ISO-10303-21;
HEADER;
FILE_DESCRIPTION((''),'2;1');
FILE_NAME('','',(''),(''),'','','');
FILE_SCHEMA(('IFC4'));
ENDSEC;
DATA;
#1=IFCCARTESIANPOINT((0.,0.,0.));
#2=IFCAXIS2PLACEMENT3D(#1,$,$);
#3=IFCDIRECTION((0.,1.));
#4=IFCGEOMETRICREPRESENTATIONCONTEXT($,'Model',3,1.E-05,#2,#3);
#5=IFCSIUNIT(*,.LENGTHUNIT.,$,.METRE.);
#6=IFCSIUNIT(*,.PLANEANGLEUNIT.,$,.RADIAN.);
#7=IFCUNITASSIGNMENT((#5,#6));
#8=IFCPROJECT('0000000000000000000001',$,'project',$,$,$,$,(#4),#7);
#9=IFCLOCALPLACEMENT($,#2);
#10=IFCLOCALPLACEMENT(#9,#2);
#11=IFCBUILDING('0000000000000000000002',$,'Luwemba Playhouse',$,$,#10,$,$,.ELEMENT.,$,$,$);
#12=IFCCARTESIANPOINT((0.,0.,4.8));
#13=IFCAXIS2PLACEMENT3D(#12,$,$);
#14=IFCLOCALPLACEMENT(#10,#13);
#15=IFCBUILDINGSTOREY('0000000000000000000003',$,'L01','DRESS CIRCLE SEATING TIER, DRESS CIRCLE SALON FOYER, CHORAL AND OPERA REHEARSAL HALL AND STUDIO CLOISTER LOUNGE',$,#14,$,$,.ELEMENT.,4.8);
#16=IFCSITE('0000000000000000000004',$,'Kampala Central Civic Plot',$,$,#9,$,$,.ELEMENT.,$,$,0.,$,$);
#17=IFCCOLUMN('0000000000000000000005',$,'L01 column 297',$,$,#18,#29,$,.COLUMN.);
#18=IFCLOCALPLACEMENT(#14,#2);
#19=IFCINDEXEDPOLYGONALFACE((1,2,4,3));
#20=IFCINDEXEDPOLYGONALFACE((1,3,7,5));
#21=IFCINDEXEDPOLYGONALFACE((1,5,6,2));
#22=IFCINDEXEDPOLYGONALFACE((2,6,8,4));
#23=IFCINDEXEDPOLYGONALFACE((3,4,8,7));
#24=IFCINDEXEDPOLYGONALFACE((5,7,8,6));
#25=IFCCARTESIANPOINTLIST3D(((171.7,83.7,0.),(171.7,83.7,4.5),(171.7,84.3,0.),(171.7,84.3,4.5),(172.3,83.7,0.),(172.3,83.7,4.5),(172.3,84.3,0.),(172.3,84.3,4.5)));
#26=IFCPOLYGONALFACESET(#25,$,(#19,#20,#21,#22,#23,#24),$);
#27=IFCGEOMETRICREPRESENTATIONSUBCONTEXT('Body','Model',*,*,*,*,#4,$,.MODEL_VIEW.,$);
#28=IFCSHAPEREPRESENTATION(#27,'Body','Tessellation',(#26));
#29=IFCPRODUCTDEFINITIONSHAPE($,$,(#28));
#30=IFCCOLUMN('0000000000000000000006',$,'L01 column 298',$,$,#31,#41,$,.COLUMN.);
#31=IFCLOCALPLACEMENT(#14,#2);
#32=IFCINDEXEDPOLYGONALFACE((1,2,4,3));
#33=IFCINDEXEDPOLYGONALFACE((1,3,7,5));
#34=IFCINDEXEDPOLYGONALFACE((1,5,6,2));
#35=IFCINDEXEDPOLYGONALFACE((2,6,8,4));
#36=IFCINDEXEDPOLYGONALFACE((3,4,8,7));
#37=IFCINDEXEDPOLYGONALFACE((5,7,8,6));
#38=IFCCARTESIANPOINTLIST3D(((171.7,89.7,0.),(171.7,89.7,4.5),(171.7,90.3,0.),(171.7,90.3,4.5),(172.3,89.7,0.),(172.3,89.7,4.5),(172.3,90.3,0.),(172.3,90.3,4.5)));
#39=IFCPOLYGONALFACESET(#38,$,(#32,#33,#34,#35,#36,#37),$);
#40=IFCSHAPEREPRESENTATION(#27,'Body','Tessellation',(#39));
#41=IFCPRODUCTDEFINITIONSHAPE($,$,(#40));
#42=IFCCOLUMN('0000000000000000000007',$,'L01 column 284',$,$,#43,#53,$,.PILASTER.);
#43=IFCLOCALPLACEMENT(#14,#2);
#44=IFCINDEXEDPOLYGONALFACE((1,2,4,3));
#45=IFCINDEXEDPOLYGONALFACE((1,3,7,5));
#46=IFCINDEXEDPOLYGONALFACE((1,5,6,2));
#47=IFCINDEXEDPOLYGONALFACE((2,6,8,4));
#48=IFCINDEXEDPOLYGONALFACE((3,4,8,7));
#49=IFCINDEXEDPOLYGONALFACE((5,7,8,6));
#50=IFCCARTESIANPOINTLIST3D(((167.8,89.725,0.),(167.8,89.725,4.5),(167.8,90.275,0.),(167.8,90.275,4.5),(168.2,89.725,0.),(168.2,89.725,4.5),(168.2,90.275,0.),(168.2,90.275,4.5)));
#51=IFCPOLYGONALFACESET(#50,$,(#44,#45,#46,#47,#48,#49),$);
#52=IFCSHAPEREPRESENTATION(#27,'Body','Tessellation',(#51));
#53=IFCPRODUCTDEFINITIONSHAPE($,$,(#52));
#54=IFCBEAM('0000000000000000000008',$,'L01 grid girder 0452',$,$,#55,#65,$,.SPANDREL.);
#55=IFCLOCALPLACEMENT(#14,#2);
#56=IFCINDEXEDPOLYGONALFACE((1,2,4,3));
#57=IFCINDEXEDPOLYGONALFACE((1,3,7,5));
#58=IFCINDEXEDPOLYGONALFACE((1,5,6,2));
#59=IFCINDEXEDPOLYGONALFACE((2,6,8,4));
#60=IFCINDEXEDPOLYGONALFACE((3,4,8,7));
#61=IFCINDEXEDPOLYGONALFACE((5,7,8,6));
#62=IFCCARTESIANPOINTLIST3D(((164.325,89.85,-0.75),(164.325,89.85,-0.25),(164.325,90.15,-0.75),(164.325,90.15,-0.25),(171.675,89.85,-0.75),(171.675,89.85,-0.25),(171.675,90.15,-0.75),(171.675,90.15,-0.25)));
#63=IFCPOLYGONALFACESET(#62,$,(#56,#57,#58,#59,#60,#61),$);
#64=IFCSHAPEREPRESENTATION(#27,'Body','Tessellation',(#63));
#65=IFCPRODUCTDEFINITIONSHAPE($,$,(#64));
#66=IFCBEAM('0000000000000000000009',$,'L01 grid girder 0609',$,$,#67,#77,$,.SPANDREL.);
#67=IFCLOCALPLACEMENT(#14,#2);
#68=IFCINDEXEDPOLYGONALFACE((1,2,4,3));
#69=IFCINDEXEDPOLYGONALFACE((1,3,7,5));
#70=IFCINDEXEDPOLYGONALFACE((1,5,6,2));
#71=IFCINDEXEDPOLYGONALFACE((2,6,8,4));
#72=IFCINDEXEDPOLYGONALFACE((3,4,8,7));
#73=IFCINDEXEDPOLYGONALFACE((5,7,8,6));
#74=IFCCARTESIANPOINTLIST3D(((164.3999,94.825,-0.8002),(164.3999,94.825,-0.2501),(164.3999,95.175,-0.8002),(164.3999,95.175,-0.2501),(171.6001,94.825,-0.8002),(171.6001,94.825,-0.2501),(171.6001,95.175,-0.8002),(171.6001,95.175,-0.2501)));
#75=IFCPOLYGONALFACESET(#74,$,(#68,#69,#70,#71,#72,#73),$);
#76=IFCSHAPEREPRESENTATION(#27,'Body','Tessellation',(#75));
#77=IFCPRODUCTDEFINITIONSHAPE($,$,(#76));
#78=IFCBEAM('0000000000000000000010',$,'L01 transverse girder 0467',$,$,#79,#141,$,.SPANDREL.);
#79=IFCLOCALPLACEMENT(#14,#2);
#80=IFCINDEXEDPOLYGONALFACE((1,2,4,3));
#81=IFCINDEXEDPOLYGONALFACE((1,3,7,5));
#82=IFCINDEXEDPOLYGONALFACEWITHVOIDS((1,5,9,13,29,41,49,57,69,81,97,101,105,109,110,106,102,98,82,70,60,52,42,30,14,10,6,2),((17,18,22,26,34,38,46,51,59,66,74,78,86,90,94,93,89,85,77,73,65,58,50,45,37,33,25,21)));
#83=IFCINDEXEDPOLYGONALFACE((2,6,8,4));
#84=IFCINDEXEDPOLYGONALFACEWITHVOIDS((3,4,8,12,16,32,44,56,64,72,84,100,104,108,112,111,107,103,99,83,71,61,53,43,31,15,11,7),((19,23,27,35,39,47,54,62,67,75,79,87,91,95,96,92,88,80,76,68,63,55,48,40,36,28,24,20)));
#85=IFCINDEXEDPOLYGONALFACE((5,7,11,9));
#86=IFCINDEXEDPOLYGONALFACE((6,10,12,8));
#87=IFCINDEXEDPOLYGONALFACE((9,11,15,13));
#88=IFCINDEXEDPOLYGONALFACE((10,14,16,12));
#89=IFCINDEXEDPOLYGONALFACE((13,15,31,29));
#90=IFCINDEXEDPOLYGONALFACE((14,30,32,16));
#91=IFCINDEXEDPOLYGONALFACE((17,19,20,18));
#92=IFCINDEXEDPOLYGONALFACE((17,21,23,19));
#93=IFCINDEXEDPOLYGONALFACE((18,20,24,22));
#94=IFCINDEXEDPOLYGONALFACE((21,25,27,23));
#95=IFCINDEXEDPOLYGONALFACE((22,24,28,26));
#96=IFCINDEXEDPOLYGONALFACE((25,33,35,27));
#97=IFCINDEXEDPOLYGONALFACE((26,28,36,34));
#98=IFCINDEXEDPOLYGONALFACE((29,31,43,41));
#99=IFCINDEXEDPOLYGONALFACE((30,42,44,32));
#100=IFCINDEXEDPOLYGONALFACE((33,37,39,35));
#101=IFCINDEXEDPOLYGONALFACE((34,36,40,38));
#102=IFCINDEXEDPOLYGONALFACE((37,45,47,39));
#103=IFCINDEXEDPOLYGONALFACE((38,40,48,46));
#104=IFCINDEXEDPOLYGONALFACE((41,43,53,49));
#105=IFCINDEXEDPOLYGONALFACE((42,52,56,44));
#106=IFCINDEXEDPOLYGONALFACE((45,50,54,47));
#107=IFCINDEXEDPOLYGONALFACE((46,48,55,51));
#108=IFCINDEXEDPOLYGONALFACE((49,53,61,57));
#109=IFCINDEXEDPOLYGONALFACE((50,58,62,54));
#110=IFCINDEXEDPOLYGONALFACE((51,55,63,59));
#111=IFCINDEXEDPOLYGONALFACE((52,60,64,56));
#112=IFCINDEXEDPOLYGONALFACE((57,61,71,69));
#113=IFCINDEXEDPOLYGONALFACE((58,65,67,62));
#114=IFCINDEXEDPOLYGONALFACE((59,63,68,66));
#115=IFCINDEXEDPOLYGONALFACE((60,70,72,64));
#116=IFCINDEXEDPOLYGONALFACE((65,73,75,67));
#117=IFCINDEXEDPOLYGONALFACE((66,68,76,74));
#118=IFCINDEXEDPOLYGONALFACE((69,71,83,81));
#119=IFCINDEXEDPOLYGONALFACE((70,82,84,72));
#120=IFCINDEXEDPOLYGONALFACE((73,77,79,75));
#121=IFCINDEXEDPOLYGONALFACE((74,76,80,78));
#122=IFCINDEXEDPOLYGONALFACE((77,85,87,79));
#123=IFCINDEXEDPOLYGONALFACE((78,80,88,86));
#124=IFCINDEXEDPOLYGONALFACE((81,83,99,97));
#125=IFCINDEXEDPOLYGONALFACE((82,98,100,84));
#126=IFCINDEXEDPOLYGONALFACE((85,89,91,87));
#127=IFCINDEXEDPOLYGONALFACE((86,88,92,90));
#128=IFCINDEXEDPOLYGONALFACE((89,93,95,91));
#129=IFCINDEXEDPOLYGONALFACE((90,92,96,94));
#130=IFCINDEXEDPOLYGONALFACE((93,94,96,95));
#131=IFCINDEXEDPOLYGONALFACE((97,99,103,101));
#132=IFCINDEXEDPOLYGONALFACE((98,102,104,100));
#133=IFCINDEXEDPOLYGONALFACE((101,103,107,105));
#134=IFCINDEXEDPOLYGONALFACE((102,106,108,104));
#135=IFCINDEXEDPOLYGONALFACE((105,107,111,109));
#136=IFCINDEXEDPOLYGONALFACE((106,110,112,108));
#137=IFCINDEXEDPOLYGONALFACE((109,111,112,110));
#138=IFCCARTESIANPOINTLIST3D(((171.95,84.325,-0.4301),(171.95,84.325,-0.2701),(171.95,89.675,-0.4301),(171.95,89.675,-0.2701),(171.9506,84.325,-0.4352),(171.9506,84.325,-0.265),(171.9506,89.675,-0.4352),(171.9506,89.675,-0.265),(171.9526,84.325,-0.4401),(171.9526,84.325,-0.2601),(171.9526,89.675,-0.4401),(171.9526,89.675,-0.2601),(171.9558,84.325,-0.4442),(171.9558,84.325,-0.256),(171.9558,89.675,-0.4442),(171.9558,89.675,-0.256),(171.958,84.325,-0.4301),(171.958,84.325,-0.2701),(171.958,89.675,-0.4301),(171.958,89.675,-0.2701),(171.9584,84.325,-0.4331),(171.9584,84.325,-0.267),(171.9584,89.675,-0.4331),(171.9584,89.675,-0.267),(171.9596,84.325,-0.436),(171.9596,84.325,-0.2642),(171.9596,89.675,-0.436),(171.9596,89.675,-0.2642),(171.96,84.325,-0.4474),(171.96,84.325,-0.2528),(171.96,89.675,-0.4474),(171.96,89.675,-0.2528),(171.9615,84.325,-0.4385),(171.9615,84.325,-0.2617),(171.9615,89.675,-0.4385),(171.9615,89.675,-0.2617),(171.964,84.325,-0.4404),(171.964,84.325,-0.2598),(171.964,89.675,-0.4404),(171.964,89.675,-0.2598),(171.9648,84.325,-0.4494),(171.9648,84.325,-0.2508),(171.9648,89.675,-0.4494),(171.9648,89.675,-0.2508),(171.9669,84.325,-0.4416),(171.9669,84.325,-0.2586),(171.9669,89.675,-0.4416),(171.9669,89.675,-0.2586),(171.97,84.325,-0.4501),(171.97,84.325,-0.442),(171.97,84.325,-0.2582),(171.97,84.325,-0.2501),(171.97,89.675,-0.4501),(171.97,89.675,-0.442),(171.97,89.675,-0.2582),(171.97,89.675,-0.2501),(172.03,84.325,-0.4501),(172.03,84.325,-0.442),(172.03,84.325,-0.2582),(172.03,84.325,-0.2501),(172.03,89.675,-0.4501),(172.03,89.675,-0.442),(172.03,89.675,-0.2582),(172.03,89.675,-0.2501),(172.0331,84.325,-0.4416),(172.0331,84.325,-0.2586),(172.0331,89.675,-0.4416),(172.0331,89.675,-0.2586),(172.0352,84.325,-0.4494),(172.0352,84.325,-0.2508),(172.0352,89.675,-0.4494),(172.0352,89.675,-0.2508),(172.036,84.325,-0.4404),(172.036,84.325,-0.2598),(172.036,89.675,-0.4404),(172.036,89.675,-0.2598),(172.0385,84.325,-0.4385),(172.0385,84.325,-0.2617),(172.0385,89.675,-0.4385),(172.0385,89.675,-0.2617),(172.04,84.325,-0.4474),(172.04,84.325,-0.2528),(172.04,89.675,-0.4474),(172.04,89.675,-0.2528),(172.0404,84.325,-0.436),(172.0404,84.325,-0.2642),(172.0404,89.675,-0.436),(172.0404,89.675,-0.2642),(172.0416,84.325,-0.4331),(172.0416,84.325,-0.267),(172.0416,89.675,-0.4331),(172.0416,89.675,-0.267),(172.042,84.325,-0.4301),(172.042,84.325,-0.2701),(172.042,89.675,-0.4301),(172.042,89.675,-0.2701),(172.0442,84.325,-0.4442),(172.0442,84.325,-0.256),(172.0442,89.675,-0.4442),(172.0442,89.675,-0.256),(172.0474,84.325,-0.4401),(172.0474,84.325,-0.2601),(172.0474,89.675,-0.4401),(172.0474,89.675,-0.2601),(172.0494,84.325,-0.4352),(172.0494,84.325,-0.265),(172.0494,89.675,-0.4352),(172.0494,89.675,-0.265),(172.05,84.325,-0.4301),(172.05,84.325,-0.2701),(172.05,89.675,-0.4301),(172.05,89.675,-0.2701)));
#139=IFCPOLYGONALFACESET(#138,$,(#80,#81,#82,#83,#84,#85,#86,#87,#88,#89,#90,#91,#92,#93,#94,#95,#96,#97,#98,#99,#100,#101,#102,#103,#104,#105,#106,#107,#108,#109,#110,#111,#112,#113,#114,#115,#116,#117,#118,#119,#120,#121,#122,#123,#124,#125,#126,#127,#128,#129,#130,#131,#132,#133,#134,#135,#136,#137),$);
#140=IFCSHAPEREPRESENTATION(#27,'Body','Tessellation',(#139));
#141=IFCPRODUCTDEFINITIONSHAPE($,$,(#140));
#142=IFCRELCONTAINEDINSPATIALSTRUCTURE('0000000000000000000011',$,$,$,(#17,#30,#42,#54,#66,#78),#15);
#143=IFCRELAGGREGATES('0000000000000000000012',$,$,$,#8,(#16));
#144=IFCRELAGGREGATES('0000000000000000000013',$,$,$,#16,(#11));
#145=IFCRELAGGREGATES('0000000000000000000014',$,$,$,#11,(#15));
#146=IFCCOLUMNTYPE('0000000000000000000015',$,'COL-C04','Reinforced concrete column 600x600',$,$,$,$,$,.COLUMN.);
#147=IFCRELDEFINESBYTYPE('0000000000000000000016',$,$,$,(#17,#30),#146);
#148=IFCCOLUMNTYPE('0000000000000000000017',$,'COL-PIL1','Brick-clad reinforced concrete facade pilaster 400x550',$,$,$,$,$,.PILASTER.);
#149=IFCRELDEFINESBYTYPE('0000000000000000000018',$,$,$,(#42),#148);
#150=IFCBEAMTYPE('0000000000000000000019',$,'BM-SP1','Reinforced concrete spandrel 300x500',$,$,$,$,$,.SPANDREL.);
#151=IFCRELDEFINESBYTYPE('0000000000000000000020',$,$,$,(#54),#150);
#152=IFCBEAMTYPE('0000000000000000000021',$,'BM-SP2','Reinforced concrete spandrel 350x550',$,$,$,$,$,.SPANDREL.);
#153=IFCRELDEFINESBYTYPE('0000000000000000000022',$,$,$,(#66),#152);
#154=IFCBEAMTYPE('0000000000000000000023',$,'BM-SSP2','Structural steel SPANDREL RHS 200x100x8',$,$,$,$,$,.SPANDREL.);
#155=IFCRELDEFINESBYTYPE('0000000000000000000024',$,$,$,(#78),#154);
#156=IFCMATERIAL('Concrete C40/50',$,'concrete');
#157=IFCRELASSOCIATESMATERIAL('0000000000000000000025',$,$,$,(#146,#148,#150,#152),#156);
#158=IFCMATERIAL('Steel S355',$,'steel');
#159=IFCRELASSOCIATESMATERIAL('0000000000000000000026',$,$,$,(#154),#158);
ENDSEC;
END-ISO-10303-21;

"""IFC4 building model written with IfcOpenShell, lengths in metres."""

from ifc_helpers import new_model, si_unit, direction, frame, origin, origin_2d, place, context, subcontext, project, spatial, rectangle, hollow_rectangle, extrude, material, material_profile, profile_set, type_object, element, save


model = new_model("IFC4")

# Units and contexts
model_context = context("Model", 3, precision=1e-05, world=origin(), true_north=direction((0.0, 1.0)))
body_context = subcontext(model_context, "Body", "Model", "MODEL_VIEW")
ifc_project = project(units=[si_unit("LENGTHUNIT", "METRE"), si_unit("PLANEANGLEUNIT", "RADIAN")], contexts=[model_context])

# Site, building, storey
site_placement = place(None, origin())
site = spatial("IfcSite", under=ifc_project, at=site_placement, Name="Kampala Central Civic Plot", CompositionType="ELEMENT", RefElevation=0.0)
building_placement = place(site_placement, origin())
building = spatial("IfcBuilding", under=site, at=building_placement, Name="Luwemba Playhouse", CompositionType="ELEMENT")
storey_placement = place(building_placement, frame((0.0, 0.0, 4.8)))
storey = spatial("IfcBuildingStorey", under=building, at=storey_placement, Name="L01", Description="DRESS CIRCLE SEATING TIER, DRESS CIRCLE SALON FOYER, CHORAL AND OPERA REHEARSAL HALL AND STUDIO CLOISTER LOUNGE", CompositionType="ELEMENT", Elevation=4.8)

# Columns
ifc_material_1 = material(Name="Concrete C40/50", Category="concrete")
ifc_material_profile_1 = material_profile(ifc_material_1, rectangle(XDim=0.6001, YDim=0.6001, at=origin_2d()))
ifc_profile_set_1 = profile_set([ifc_material_profile_1], Name="Concrete C40/50")
column_type_1 = type_object("IfcColumnType", Name="COL-C04", Description="Reinforced concrete column 600x600", PredefinedType="COLUMN", material=ifc_profile_set_1)
for number, where, z_axis, x_axis, name in (
    (1, (172.0, 84.0, 0.0), (0.0, 0.0, 1.0), (1.0, 0.0, 0.0), "L01 column 297"),
    (2, (172.0, 90.0, 0.0), (0.0, 0.0, 1.0), (1.0, 0.0, 0.0), "L01 column 298"),
):
    element("IfcColumn", number, at=place(storey_placement, frame(where, z_axis=z_axis, x_axis=x_axis)), inside=storey, type_object=column_type_1, Name=name, PredefinedType="COLUMN", context=body_context, shape_type="SweptSolid", body=[
        extrude(rectangle(XDim=0.6001, YDim=0.6001, at=origin_2d()), origin(), (0.0, 0.0, 1.0), 4.5),
    ])
ifc_material_profile_2 = material_profile(ifc_material_1, rectangle(XDim=0.3999, YDim=0.55, at=origin_2d()))
ifc_profile_set_2 = profile_set([ifc_material_profile_2], Name="Concrete C40/50")
column_type_2 = type_object("IfcColumnType", Name="COL-PIL1", Description="Brick-clad reinforced concrete facade pilaster 400x550", PredefinedType="PILASTER", material=ifc_profile_set_2)
column_placement = place(storey_placement, frame((168.0, 90.0, 0.0), z_axis=(0.0, 0.0, 1.0), x_axis=(1.0, 0.0, 0.0)))
element("IfcColumn", 3, at=column_placement, inside=storey, type_object=column_type_2, Name="L01 column 284", PredefinedType="PILASTER", context=body_context, shape_type="SweptSolid", body=[
    extrude(rectangle(XDim=0.3999, YDim=0.55, at=origin_2d()), origin(), (0.0, 0.0, 1.0), 4.5),
])

# Beams
ifc_material_profile_3 = material_profile(ifc_material_1, rectangle(XDim=0.3, YDim=0.5, at=origin_2d()))
ifc_profile_set_3 = profile_set([ifc_material_profile_3], Name="Concrete C40/50")
beam_type_1 = type_object("IfcBeamType", Name="BM-SP1", Description="Reinforced concrete spandrel 300x500", PredefinedType="SPANDREL", material=ifc_profile_set_3)
beam_1_placement = place(storey_placement, frame((164.325, 90.0, -0.5), z_axis=(1.0, 0.0, 0.0), x_axis=(0.0, 1.0, 0.0)))
element("IfcBeam", 4, at=beam_1_placement, inside=storey, type_object=beam_type_1, Name="L01 grid girder 0452", PredefinedType="SPANDREL", context=body_context, shape_type="SweptSolid", body=[
    extrude(rectangle(XDim=0.3, YDim=0.5, at=origin_2d()), origin(), (0.0, 0.0, 1.0), 7.3501),
])
ifc_material_profile_4 = material_profile(ifc_material_1, rectangle(XDim=0.3501, YDim=0.55, at=origin_2d()))
ifc_profile_set_4 = profile_set([ifc_material_profile_4], Name="Concrete C40/50")
beam_type_2 = type_object("IfcBeamType", Name="BM-SP2", Description="Reinforced concrete spandrel 350x550", PredefinedType="SPANDREL", material=ifc_profile_set_4)
beam_2_placement = place(storey_placement, frame((164.3999, 95.0, -0.5251), z_axis=(1.0, 0.0, 0.0), x_axis=(0.0, 1.0, 0.0)))
element("IfcBeam", 5, at=beam_2_placement, inside=storey, type_object=beam_type_2, Name="L01 grid girder 0609", PredefinedType="SPANDREL", context=body_context, shape_type="SweptSolid", body=[
    extrude(rectangle(XDim=0.3501, YDim=0.55, at=origin_2d()), origin(), (0.0, 0.0, 1.0), 7.2002),
])
ifc_material_2 = material(Name="Steel S355", Category="steel")
ifc_material_profile_5 = material_profile(ifc_material_2, hollow_rectangle(XDim=0.1001, YDim=0.2, WallThickness=0.0081, InnerFilletRadius=0.012, OuterFilletRadius=0.02, at=origin_2d()))
ifc_profile_set_5 = profile_set([ifc_material_profile_5], Name="Steel S355")
beam_type_3 = type_object("IfcBeamType", Name="BM-SSP2", Description="Structural steel SPANDREL RHS 200x100x8", PredefinedType="SPANDREL", material=ifc_profile_set_5)
beam_3_placement = place(storey_placement, frame((172.0, 84.325, -0.3501), z_axis=(0.0, 1.0, 0.0), x_axis=(-1.0, 0.0, 0.0)))
element("IfcBeam", 6, at=beam_3_placement, inside=storey, type_object=beam_type_3, Name="L01 transverse girder 0467", PredefinedType="SPANDREL", context=body_context, shape_type="SweptSolid", body=[
    extrude(hollow_rectangle(XDim=0.1001, YDim=0.2, WallThickness=0.0081, InnerFilletRadius=0.012, OuterFilletRadius=0.02, at=origin_2d()), origin(), (0.0, 0.0, 1.0), 5.3501),
])

save(model, "model.ifc")
